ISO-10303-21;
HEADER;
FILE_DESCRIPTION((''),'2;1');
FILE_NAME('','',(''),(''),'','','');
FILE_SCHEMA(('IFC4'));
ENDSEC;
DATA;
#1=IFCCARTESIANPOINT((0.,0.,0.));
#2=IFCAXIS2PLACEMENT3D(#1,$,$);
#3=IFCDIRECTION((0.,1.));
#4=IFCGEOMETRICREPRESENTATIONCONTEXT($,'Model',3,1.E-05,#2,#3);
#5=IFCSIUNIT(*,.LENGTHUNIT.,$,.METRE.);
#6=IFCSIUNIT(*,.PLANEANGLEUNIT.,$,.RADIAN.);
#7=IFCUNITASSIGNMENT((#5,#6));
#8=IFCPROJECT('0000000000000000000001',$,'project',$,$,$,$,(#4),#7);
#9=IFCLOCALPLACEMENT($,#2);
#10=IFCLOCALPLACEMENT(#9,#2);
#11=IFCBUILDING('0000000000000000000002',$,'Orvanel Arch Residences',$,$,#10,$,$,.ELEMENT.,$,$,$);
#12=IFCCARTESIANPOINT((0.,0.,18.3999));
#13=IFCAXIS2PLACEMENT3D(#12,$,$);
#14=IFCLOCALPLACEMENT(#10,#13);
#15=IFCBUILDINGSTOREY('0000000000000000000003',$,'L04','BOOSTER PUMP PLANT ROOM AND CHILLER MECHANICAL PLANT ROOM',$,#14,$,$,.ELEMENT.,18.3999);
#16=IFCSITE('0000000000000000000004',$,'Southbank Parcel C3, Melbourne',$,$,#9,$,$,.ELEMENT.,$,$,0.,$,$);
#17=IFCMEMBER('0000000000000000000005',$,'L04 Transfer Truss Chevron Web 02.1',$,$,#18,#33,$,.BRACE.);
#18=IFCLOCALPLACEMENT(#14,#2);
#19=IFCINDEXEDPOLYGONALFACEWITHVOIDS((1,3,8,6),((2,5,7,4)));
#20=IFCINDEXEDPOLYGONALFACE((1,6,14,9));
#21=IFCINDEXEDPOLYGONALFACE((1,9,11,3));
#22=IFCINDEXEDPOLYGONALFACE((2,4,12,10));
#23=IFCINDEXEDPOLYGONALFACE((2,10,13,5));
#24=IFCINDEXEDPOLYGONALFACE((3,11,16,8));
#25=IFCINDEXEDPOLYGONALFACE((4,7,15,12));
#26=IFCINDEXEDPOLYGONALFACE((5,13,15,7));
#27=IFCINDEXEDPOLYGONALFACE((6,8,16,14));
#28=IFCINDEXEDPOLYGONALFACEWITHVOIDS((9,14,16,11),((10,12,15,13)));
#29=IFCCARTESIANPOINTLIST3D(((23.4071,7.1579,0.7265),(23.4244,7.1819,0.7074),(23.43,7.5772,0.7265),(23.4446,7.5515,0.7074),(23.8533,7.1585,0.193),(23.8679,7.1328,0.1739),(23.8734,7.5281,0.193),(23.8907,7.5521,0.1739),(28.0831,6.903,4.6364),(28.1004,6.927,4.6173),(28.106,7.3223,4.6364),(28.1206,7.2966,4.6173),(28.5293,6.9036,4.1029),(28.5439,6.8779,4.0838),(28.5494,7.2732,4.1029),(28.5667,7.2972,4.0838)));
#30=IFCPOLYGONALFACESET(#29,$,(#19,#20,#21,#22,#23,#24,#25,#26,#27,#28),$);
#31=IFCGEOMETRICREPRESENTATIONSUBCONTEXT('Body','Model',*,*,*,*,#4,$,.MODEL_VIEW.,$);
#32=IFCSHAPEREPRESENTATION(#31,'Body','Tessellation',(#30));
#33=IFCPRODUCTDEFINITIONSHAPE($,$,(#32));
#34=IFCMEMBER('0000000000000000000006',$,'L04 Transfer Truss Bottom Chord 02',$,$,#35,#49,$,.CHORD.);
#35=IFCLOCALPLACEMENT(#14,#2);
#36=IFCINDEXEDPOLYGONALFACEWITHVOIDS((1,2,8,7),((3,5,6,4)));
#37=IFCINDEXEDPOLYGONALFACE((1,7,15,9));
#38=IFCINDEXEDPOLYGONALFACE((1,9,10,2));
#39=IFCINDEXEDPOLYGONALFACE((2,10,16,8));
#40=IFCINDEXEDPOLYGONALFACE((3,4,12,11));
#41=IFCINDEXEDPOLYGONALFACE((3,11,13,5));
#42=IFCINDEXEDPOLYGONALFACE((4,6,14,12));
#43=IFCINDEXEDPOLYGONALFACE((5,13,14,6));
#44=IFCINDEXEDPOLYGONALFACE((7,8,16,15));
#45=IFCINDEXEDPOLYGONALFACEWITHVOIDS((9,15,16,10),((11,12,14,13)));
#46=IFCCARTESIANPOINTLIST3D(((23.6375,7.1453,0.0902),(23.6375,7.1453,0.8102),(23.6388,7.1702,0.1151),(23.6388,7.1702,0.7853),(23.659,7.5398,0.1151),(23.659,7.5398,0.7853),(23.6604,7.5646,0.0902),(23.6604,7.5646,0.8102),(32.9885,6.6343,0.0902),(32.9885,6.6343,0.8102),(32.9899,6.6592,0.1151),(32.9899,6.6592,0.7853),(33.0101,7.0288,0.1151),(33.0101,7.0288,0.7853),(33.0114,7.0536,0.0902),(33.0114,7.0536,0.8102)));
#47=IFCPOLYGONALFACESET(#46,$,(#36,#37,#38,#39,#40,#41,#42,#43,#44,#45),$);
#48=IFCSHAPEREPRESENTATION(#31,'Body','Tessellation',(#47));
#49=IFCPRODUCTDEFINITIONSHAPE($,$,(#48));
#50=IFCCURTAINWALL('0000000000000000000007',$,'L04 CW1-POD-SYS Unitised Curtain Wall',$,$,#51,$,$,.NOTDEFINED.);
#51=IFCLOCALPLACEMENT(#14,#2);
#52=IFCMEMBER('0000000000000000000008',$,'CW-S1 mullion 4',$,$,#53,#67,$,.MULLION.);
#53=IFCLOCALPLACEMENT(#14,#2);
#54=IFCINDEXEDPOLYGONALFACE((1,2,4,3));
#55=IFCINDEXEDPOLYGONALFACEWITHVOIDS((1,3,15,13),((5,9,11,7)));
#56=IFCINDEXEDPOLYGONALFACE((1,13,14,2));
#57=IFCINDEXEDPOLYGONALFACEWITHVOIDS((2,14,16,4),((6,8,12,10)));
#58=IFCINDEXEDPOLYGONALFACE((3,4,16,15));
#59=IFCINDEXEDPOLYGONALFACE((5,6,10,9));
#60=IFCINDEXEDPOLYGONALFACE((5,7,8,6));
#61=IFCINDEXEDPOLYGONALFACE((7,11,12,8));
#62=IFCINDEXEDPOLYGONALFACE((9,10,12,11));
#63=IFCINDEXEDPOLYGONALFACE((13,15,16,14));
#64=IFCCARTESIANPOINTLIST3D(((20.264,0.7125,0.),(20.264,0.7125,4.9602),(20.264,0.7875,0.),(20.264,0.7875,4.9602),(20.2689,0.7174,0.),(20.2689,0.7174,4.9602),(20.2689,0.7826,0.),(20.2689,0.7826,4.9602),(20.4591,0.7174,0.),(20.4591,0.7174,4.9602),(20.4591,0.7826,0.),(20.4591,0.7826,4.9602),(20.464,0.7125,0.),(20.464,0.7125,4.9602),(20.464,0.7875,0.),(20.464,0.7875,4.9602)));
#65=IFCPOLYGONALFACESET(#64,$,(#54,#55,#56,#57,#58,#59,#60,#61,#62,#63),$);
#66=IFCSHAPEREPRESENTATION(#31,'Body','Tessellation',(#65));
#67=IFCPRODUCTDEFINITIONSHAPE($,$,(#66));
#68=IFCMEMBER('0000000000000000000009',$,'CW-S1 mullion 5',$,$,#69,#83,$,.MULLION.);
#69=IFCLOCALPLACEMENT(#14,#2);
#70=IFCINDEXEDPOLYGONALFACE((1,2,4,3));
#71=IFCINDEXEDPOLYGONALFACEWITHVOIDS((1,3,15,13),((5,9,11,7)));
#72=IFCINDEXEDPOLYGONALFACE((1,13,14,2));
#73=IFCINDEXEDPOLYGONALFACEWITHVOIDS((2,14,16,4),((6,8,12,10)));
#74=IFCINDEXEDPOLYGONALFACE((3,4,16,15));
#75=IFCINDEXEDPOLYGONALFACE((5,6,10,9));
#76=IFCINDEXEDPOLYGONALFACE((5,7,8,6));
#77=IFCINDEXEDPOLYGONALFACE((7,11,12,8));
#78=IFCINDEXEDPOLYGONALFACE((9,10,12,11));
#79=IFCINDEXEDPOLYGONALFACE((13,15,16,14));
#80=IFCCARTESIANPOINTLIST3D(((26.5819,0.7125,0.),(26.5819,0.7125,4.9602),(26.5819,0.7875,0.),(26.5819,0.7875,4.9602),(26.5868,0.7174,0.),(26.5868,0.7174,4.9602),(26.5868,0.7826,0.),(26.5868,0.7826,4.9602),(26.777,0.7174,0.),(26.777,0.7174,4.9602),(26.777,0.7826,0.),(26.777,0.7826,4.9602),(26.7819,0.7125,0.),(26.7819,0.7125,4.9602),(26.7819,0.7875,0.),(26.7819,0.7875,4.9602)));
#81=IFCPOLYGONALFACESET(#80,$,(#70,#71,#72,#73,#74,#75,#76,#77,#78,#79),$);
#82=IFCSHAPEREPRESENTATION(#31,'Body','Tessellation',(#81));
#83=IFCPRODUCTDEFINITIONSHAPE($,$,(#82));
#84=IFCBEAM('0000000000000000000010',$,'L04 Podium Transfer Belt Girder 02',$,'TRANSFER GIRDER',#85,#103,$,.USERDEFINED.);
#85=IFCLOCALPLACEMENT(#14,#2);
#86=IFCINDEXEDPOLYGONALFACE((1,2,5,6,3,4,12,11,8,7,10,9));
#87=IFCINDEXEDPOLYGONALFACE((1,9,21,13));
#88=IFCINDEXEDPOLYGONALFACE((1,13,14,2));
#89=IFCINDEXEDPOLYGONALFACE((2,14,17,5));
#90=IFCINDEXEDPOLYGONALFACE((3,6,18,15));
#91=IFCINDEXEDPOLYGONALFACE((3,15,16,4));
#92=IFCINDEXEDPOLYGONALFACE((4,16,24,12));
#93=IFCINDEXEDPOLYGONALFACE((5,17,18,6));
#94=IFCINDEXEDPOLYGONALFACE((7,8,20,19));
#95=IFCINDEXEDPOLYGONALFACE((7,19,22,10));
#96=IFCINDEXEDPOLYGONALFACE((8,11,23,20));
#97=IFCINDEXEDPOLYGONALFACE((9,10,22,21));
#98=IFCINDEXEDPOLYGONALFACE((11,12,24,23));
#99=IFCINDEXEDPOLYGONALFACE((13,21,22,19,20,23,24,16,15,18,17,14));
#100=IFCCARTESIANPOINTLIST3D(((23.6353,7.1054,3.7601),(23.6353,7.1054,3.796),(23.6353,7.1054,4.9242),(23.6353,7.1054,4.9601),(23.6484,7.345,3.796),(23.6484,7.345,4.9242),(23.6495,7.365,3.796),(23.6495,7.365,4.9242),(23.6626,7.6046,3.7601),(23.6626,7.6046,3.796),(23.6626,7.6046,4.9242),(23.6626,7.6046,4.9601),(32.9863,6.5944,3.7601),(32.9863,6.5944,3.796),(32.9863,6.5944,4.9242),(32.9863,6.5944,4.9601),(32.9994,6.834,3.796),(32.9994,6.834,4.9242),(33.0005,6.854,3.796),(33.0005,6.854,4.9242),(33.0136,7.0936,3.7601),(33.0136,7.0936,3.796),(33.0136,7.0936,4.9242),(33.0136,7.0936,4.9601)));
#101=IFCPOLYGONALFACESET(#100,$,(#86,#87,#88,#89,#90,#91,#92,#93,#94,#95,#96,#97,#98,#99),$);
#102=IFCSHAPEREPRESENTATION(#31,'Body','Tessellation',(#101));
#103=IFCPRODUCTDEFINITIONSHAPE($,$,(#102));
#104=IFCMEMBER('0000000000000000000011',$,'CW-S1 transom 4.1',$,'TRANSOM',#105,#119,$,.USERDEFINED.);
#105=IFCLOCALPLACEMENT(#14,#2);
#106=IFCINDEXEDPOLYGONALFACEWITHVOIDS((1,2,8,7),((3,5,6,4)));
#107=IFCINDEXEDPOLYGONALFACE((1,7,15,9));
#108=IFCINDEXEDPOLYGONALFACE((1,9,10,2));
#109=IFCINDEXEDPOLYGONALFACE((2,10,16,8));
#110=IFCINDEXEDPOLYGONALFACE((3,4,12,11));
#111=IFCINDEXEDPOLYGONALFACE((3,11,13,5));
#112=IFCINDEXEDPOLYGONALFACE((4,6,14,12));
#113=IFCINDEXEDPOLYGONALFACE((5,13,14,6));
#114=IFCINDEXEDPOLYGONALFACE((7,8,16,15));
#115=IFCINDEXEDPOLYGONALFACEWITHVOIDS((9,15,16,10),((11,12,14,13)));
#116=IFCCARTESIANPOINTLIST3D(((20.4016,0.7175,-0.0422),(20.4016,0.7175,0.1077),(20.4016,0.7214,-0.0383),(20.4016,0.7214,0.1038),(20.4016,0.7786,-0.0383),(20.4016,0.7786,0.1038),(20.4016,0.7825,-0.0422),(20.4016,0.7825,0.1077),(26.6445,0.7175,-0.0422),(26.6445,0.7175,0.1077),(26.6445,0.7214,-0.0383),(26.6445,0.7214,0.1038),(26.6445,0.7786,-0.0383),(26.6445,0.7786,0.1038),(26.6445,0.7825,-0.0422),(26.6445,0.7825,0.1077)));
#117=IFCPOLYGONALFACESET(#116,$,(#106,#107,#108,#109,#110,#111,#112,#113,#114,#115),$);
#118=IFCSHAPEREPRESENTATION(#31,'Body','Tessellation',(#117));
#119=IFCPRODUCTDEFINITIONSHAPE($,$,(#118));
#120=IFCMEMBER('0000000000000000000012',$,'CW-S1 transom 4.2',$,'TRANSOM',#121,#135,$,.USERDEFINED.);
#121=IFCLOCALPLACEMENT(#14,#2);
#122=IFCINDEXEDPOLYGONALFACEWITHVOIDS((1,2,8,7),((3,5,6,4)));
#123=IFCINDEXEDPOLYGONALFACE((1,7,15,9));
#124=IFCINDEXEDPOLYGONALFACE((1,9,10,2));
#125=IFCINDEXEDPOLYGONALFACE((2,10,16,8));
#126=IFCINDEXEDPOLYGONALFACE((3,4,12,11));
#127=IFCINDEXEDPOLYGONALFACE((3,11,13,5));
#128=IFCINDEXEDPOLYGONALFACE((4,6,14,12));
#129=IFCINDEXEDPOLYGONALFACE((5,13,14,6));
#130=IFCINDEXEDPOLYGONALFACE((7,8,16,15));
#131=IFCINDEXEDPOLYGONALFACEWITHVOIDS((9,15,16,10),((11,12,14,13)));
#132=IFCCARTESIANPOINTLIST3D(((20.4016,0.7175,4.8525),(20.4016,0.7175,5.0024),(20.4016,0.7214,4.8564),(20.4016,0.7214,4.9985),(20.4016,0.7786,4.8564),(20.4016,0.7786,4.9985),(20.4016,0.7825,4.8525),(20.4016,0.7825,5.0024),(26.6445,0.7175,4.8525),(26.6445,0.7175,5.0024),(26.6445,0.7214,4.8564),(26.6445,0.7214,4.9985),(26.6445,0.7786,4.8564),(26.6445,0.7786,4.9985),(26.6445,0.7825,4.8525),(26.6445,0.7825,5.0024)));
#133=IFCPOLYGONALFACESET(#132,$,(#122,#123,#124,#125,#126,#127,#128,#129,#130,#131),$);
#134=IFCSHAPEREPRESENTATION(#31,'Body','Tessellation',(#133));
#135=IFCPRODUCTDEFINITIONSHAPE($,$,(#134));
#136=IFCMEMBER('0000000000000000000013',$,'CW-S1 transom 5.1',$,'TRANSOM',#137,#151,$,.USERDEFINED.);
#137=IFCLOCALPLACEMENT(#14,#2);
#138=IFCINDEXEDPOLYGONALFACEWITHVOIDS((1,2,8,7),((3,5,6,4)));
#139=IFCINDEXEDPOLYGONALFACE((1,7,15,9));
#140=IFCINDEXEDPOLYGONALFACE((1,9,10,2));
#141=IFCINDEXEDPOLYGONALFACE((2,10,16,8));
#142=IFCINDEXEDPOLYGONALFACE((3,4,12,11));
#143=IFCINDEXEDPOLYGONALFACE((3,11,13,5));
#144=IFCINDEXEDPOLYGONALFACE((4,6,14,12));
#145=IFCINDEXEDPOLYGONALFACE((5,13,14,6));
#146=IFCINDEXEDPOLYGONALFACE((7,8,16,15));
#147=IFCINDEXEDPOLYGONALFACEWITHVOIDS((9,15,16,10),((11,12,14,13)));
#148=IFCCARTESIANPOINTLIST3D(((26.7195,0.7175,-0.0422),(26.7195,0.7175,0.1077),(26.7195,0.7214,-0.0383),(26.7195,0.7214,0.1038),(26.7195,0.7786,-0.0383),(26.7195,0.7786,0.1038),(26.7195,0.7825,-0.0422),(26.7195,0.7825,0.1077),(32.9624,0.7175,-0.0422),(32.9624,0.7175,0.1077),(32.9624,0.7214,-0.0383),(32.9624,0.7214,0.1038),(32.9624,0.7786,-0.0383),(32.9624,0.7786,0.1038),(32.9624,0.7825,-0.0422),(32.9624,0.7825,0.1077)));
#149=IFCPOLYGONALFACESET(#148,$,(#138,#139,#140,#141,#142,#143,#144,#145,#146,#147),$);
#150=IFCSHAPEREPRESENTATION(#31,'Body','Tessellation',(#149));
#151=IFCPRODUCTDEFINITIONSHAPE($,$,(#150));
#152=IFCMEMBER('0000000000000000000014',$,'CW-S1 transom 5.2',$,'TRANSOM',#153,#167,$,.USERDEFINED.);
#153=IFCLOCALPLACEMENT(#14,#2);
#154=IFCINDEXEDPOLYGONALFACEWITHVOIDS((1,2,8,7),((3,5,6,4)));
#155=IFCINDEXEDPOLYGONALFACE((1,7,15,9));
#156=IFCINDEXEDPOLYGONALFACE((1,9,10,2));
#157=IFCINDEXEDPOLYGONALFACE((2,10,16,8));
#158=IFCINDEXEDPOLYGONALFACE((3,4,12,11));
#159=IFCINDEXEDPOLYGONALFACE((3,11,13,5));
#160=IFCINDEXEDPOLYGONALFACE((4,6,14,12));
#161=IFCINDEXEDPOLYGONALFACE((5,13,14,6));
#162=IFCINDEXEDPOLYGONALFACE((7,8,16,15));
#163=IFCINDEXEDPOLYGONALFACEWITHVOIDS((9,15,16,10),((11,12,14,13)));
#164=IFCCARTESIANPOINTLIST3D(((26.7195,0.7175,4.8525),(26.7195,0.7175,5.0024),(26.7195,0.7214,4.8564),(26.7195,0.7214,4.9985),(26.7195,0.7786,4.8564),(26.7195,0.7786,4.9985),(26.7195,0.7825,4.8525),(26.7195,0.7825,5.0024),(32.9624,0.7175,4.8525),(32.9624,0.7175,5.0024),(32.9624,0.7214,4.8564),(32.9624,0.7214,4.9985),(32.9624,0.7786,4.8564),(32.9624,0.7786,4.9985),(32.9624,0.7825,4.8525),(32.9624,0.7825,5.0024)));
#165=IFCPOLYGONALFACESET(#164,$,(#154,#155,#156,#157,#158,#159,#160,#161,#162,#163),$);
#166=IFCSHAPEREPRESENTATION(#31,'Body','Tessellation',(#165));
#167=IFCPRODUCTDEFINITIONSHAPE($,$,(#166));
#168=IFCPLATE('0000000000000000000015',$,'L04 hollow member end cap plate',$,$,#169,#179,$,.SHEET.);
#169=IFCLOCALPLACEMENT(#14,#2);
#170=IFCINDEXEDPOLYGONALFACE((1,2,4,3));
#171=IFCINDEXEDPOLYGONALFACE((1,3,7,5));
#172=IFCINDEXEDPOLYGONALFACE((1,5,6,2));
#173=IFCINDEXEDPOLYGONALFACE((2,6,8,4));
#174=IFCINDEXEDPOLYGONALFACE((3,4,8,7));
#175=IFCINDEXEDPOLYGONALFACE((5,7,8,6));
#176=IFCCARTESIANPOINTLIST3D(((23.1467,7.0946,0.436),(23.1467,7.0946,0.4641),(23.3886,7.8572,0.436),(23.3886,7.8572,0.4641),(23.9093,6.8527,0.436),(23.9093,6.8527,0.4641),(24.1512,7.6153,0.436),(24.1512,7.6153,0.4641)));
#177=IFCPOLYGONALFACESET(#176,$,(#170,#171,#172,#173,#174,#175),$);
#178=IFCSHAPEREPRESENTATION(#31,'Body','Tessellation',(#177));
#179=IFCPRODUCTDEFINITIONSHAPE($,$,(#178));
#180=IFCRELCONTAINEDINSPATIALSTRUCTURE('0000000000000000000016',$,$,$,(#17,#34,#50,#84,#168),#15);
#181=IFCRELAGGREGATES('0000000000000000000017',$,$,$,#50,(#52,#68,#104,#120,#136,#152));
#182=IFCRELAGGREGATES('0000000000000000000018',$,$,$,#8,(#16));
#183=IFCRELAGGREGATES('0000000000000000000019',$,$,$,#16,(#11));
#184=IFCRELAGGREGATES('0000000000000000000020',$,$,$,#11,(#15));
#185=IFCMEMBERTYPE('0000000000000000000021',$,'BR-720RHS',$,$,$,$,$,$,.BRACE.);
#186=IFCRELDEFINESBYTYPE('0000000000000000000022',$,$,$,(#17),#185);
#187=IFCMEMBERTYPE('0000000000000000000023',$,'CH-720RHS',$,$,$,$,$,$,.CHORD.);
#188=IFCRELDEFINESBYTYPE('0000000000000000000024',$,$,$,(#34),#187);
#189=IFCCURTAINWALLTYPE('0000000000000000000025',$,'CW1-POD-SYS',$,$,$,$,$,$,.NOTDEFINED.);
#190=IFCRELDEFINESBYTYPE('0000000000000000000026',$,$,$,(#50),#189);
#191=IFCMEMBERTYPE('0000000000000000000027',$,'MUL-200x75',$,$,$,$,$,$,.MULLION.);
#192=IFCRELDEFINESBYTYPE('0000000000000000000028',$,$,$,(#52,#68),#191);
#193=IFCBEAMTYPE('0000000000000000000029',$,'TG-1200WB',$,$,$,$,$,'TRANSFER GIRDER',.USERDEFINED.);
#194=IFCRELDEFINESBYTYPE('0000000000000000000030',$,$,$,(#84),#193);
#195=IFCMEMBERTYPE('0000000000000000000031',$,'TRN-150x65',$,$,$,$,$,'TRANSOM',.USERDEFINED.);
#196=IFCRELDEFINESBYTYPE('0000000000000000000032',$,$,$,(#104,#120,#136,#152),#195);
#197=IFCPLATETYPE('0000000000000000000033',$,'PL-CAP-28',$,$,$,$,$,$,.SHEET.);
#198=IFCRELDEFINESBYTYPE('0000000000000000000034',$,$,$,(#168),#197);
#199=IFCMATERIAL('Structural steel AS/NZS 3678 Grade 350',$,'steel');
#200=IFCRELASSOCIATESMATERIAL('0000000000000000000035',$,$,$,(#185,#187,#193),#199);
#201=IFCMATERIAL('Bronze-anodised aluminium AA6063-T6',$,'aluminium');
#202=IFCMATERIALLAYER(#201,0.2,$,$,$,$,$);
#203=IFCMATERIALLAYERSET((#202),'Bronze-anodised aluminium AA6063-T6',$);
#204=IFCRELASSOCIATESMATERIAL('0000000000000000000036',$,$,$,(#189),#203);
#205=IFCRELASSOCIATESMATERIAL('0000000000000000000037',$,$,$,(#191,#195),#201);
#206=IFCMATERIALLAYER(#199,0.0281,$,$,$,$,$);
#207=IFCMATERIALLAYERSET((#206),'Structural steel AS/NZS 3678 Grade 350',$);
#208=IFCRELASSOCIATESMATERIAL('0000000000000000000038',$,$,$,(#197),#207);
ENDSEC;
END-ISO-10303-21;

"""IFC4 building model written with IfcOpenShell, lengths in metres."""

from ifc_helpers import new_model, si_unit, direction, frame, origin, origin_2d, place, context, subcontext, project, spatial, rectangle, hollow_rectangle, i_section, extrude, material, layer, layer_set, material_profile, profile_set, type_object, element, aggregate, save


model = new_model("IFC4")

# Units and contexts
model_context = context("Model", 3, precision=1e-05, world=origin(), true_north=direction((0.0, 1.0)))
body_context = subcontext(model_context, "Body", "Model", "MODEL_VIEW")
ifc_project = project(units=[si_unit("LENGTHUNIT", "METRE"), si_unit("PLANEANGLEUNIT", "RADIAN")], contexts=[model_context])

# Site, building, storey
site_placement = place(None, origin())
site = spatial("IfcSite", under=ifc_project, at=site_placement, Name="Southbank Parcel C3, Melbourne", CompositionType="ELEMENT", RefElevation=0.0)
building_placement = place(site_placement, origin())
building = spatial("IfcBuilding", under=site, at=building_placement, Name="Orvanel Arch Residences", CompositionType="ELEMENT")
storey_placement = place(building_placement, frame((0.0, 0.0, 18.3999)))
storey = spatial("IfcBuildingStorey", under=building, at=storey_placement, Name="L04", Description="BOOSTER PUMP PLANT ROOM AND CHILLER MECHANICAL PLANT ROOM", CompositionType="ELEMENT", Elevation=18.3999)

# Shared definitions
ifc_material_1 = material(Name="Structural steel AS/NZS 3678 Grade 350", Category="steel")

# Members
ifc_material_profile_1 = material_profile(ifc_material_1, hollow_rectangle(XDim=0.4199, YDim=0.72, WallThickness=0.0249, at=origin_2d()), Name="RHS720x420x25")
ifc_profile_set_1 = profile_set([ifc_material_profile_1], Name="Structural steel AS/NZS 3678 Grade 350")
member_type_1 = type_object("IfcMemberType", Name="BR-720RHS", PredefinedType="BRACE", material=ifc_profile_set_1)
member_1_placement = place(storey_placement, frame((23.6489, 7.355, 0.4502), z_axis=(0.766483, -0.04178, 0.640904), x_axis=(0.054428, 0.998518, 0.0)))
element("IfcMember", 1, at=member_1_placement, inside=storey, type_object=member_type_1, Name="L04 Transfer Truss Chevron Web 02.1", PredefinedType="BRACE", context=body_context, shape_type="SweptSolid", body=[
    extrude(hollow_rectangle(XDim=0.4199, YDim=0.72, WallThickness=0.0249, at=origin_2d()), origin(), (0.0, 0.0, 1.0), 6.1006),
])
ifc_material_profile_2 = material_profile(ifc_material_1, hollow_rectangle(XDim=0.4199, YDim=0.72, WallThickness=0.0249, at=origin_2d()), Name="RHS720x420x25")
ifc_profile_set_2 = profile_set([ifc_material_profile_2], Name="Structural steel AS/NZS 3678 Grade 350")
member_type_2 = type_object("IfcMemberType", Name="CH-720RHS", PredefinedType="CHORD", material=ifc_profile_set_2)
member_2_placement = place(storey_placement, frame((23.6489, 7.355, 0.4502), z_axis=(0.99851, -0.054563, 0.0), x_axis=(0.054563, 0.99851, 0.0)))
element("IfcMember", 2, at=member_2_placement, inside=storey, type_object=member_type_2, Name="L04 Transfer Truss Bottom Chord 02", PredefinedType="CHORD", context=body_context, shape_type="SweptSolid", body=[
    extrude(hollow_rectangle(XDim=0.4199, YDim=0.72, WallThickness=0.0249, at=origin_2d()), origin(), (0.0, 0.0, 1.0), 9.365),
])

# Curtain wall, members
ifc_material_2 = material(Name="Bronze-anodised aluminium AA6063-T6", Category="aluminium")
ifc_layer_1 = layer(ifc_material_2, 0.2)
ifc_layer_set_1 = layer_set([ifc_layer_1], Name="Bronze-anodised aluminium AA6063-T6")
curtain_wall_type = type_object("IfcCurtainWallType", Name="CW1-POD-SYS", PredefinedType="NOTDEFINED", material=ifc_layer_set_1)
curtain_wall_placement = place(storey_placement, origin())
curtain_wall = element("IfcCurtainWall", 3, at=curtain_wall_placement, inside=storey, type_object=curtain_wall_type, Name="L04 CW1-POD-SYS Unitised Curtain Wall", PredefinedType="NOTDEFINED")
ifc_material_profile_3 = material_profile(ifc_material_2, hollow_rectangle(XDim=0.075, YDim=0.2, WallThickness=0.0049, at=origin_2d()), Name="ALU200x75x5")
ifc_profile_set_3 = profile_set([ifc_material_profile_3], Name="Bronze-anodised aluminium AA6063-T6")
member_type_3 = type_object("IfcMemberType", Name="MUL-200x75", PredefinedType="MULLION", material=ifc_profile_set_3)
member_3_placement = place(storey_placement, frame((20.364, 0.75, 0.0), z_axis=(0.0, 0.0, 1.0), x_axis=(0.0, 1.0, 0.0)))
member_3 = element("IfcMember", 4, at=member_3_placement, type_object=member_type_3, Name="CW-S1 mullion 4", PredefinedType="MULLION", context=body_context, shape_type="SweptSolid", body=[
    extrude(hollow_rectangle(XDim=0.075, YDim=0.2, WallThickness=0.0049, at=origin_2d()), origin(), (0.0, 0.0, 1.0), 4.9602),
])
member_4_placement = place(storey_placement, frame((26.6819, 0.75, 0.0), z_axis=(0.0, 0.0, 1.0), x_axis=(0.0, 1.0, 0.0)))
member_4 = element("IfcMember", 5, at=member_4_placement, type_object=member_type_3, Name="CW-S1 mullion 5", PredefinedType="MULLION", context=body_context, shape_type="SweptSolid", body=[
    extrude(hollow_rectangle(XDim=0.075, YDim=0.2, WallThickness=0.0049, at=origin_2d()), origin(), (0.0, 0.0, 1.0), 4.9602),
])

# Beam
ifc_material_profile_4 = material_profile(ifc_material_1, i_section(OverallWidth=0.5, OverallDepth=1.2, WebThickness=0.02, FlangeThickness=0.0359, at=origin_2d()), Name="1200WB455")
ifc_profile_set_4 = profile_set([ifc_material_profile_4], Name="Structural steel AS/NZS 3678 Grade 350")
beam_type_1 = type_object("IfcBeamType", Name="TG-1200WB", ElementType="TRANSFER GIRDER", PredefinedType="USERDEFINED", material=ifc_profile_set_4)
beam_1_placement = place(storey_placement, frame((23.6489, 7.355, 4.3601), z_axis=(0.99851, -0.054563, 0.0), x_axis=(0.054563, 0.99851, 0.0)))
element("IfcBeam", 6, at=beam_1_placement, inside=storey, type_object=beam_type_1, Name="L04 Podium Transfer Belt Girder 02", ObjectType="TRANSFER GIRDER", PredefinedType="USERDEFINED", context=body_context, shape_type="SweptSolid", body=[
    extrude(i_section(OverallWidth=0.5, OverallDepth=1.2, WebThickness=0.02, FlangeThickness=0.0359, at=origin_2d()), origin(), (0.0, 0.0, 1.0), 9.365),
])

# Members
ifc_material_profile_5 = material_profile(ifc_material_2, hollow_rectangle(XDim=0.0649, YDim=0.1499, WallThickness=0.0039, at=origin_2d()), Name="ALU150x65x4")
ifc_profile_set_5 = profile_set([ifc_material_profile_5], Name="Bronze-anodised aluminium AA6063-T6")
member_type_4 = type_object("IfcMemberType", Name="TRN-150x65", ElementType="TRANSOM", PredefinedType="USERDEFINED", material=ifc_profile_set_5)
member_5_placement = place(storey_placement, frame((20.4016, 0.75, 0.0327), z_axis=(1.0, 0.0, 0.0), x_axis=(0.0, 1.0, 0.0)))
member_5 = element("IfcMember", 7, at=member_5_placement, type_object=member_type_4, Name="CW-S1 transom 4.1", ObjectType="TRANSOM", PredefinedType="USERDEFINED", context=body_context, shape_type="SweptSolid", body=[
    extrude(hollow_rectangle(XDim=0.0649, YDim=0.1499, WallThickness=0.0039, at=origin_2d()), origin(), (0.0, 0.0, 1.0), 6.2429),
])
member_6_placement = place(storey_placement, frame((20.4016, 0.75, 4.9275), z_axis=(1.0, 0.0, 0.0), x_axis=(0.0, 1.0, 0.0)))
member_6 = element("IfcMember", 8, at=member_6_placement, type_object=member_type_4, Name="CW-S1 transom 4.2", ObjectType="TRANSOM", PredefinedType="USERDEFINED", context=body_context, shape_type="SweptSolid", body=[
    extrude(hollow_rectangle(XDim=0.0649, YDim=0.1499, WallThickness=0.0039, at=origin_2d()), origin(), (0.0, 0.0, 1.0), 6.2429),
])
member_7_placement = place(storey_placement, frame((26.7195, 0.75, 0.0327), z_axis=(1.0, 0.0, 0.0), x_axis=(0.0, 1.0, 0.0)))
member_7 = element("IfcMember", 9, at=member_7_placement, type_object=member_type_4, Name="CW-S1 transom 5.1", ObjectType="TRANSOM", PredefinedType="USERDEFINED", context=body_context, shape_type="SweptSolid", body=[
    extrude(hollow_rectangle(XDim=0.0649, YDim=0.1499, WallThickness=0.0039, at=origin_2d()), origin(), (0.0, 0.0, 1.0), 6.2429),
])
member_8_placement = place(storey_placement, frame((26.7195, 0.75, 4.9275), z_axis=(1.0, 0.0, 0.0), x_axis=(0.0, 1.0, 0.0)))
member_8 = element("IfcMember", 10, at=member_8_placement, type_object=member_type_4, Name="CW-S1 transom 5.2", ObjectType="TRANSOM", PredefinedType="USERDEFINED", context=body_context, shape_type="SweptSolid", body=[
    extrude(hollow_rectangle(XDim=0.0649, YDim=0.1499, WallThickness=0.0039, at=origin_2d()), origin(), (0.0, 0.0, 1.0), 6.2429),
])

# Plate
ifc_layer_2 = layer(ifc_material_1, 0.0281)
ifc_layer_set_2 = layer_set([ifc_layer_2], Name="Structural steel AS/NZS 3678 Grade 350")
plate_type_1 = type_object("IfcPlateType", Name="PL-CAP-28", PredefinedType="SHEET", material=ifc_layer_set_2)
for number, where, z_axis, x_axis, name in (
    (11, (23.6489, 7.355, 0.436), (0.0, 0.0, 1.0), (-0.953191, 0.30237, 0.0), "L04 hollow member end cap plate"),
):
    element("IfcPlate", number, at=place(storey_placement, frame(where, z_axis=z_axis, x_axis=x_axis)), inside=storey, type_object=plate_type_1, Name=name, PredefinedType="SHEET", context=body_context, shape_type="SweptSolid", body=[
        extrude(rectangle(XDim=0.8, YDim=0.8, at=origin_2d()), origin(), (0.0, 0.0, 1.0), 0.0281),
    ])

aggregate(curtain_wall, [member_3, member_4, member_5, member_6, member_7, member_8])

save(model, "model.ifc")
